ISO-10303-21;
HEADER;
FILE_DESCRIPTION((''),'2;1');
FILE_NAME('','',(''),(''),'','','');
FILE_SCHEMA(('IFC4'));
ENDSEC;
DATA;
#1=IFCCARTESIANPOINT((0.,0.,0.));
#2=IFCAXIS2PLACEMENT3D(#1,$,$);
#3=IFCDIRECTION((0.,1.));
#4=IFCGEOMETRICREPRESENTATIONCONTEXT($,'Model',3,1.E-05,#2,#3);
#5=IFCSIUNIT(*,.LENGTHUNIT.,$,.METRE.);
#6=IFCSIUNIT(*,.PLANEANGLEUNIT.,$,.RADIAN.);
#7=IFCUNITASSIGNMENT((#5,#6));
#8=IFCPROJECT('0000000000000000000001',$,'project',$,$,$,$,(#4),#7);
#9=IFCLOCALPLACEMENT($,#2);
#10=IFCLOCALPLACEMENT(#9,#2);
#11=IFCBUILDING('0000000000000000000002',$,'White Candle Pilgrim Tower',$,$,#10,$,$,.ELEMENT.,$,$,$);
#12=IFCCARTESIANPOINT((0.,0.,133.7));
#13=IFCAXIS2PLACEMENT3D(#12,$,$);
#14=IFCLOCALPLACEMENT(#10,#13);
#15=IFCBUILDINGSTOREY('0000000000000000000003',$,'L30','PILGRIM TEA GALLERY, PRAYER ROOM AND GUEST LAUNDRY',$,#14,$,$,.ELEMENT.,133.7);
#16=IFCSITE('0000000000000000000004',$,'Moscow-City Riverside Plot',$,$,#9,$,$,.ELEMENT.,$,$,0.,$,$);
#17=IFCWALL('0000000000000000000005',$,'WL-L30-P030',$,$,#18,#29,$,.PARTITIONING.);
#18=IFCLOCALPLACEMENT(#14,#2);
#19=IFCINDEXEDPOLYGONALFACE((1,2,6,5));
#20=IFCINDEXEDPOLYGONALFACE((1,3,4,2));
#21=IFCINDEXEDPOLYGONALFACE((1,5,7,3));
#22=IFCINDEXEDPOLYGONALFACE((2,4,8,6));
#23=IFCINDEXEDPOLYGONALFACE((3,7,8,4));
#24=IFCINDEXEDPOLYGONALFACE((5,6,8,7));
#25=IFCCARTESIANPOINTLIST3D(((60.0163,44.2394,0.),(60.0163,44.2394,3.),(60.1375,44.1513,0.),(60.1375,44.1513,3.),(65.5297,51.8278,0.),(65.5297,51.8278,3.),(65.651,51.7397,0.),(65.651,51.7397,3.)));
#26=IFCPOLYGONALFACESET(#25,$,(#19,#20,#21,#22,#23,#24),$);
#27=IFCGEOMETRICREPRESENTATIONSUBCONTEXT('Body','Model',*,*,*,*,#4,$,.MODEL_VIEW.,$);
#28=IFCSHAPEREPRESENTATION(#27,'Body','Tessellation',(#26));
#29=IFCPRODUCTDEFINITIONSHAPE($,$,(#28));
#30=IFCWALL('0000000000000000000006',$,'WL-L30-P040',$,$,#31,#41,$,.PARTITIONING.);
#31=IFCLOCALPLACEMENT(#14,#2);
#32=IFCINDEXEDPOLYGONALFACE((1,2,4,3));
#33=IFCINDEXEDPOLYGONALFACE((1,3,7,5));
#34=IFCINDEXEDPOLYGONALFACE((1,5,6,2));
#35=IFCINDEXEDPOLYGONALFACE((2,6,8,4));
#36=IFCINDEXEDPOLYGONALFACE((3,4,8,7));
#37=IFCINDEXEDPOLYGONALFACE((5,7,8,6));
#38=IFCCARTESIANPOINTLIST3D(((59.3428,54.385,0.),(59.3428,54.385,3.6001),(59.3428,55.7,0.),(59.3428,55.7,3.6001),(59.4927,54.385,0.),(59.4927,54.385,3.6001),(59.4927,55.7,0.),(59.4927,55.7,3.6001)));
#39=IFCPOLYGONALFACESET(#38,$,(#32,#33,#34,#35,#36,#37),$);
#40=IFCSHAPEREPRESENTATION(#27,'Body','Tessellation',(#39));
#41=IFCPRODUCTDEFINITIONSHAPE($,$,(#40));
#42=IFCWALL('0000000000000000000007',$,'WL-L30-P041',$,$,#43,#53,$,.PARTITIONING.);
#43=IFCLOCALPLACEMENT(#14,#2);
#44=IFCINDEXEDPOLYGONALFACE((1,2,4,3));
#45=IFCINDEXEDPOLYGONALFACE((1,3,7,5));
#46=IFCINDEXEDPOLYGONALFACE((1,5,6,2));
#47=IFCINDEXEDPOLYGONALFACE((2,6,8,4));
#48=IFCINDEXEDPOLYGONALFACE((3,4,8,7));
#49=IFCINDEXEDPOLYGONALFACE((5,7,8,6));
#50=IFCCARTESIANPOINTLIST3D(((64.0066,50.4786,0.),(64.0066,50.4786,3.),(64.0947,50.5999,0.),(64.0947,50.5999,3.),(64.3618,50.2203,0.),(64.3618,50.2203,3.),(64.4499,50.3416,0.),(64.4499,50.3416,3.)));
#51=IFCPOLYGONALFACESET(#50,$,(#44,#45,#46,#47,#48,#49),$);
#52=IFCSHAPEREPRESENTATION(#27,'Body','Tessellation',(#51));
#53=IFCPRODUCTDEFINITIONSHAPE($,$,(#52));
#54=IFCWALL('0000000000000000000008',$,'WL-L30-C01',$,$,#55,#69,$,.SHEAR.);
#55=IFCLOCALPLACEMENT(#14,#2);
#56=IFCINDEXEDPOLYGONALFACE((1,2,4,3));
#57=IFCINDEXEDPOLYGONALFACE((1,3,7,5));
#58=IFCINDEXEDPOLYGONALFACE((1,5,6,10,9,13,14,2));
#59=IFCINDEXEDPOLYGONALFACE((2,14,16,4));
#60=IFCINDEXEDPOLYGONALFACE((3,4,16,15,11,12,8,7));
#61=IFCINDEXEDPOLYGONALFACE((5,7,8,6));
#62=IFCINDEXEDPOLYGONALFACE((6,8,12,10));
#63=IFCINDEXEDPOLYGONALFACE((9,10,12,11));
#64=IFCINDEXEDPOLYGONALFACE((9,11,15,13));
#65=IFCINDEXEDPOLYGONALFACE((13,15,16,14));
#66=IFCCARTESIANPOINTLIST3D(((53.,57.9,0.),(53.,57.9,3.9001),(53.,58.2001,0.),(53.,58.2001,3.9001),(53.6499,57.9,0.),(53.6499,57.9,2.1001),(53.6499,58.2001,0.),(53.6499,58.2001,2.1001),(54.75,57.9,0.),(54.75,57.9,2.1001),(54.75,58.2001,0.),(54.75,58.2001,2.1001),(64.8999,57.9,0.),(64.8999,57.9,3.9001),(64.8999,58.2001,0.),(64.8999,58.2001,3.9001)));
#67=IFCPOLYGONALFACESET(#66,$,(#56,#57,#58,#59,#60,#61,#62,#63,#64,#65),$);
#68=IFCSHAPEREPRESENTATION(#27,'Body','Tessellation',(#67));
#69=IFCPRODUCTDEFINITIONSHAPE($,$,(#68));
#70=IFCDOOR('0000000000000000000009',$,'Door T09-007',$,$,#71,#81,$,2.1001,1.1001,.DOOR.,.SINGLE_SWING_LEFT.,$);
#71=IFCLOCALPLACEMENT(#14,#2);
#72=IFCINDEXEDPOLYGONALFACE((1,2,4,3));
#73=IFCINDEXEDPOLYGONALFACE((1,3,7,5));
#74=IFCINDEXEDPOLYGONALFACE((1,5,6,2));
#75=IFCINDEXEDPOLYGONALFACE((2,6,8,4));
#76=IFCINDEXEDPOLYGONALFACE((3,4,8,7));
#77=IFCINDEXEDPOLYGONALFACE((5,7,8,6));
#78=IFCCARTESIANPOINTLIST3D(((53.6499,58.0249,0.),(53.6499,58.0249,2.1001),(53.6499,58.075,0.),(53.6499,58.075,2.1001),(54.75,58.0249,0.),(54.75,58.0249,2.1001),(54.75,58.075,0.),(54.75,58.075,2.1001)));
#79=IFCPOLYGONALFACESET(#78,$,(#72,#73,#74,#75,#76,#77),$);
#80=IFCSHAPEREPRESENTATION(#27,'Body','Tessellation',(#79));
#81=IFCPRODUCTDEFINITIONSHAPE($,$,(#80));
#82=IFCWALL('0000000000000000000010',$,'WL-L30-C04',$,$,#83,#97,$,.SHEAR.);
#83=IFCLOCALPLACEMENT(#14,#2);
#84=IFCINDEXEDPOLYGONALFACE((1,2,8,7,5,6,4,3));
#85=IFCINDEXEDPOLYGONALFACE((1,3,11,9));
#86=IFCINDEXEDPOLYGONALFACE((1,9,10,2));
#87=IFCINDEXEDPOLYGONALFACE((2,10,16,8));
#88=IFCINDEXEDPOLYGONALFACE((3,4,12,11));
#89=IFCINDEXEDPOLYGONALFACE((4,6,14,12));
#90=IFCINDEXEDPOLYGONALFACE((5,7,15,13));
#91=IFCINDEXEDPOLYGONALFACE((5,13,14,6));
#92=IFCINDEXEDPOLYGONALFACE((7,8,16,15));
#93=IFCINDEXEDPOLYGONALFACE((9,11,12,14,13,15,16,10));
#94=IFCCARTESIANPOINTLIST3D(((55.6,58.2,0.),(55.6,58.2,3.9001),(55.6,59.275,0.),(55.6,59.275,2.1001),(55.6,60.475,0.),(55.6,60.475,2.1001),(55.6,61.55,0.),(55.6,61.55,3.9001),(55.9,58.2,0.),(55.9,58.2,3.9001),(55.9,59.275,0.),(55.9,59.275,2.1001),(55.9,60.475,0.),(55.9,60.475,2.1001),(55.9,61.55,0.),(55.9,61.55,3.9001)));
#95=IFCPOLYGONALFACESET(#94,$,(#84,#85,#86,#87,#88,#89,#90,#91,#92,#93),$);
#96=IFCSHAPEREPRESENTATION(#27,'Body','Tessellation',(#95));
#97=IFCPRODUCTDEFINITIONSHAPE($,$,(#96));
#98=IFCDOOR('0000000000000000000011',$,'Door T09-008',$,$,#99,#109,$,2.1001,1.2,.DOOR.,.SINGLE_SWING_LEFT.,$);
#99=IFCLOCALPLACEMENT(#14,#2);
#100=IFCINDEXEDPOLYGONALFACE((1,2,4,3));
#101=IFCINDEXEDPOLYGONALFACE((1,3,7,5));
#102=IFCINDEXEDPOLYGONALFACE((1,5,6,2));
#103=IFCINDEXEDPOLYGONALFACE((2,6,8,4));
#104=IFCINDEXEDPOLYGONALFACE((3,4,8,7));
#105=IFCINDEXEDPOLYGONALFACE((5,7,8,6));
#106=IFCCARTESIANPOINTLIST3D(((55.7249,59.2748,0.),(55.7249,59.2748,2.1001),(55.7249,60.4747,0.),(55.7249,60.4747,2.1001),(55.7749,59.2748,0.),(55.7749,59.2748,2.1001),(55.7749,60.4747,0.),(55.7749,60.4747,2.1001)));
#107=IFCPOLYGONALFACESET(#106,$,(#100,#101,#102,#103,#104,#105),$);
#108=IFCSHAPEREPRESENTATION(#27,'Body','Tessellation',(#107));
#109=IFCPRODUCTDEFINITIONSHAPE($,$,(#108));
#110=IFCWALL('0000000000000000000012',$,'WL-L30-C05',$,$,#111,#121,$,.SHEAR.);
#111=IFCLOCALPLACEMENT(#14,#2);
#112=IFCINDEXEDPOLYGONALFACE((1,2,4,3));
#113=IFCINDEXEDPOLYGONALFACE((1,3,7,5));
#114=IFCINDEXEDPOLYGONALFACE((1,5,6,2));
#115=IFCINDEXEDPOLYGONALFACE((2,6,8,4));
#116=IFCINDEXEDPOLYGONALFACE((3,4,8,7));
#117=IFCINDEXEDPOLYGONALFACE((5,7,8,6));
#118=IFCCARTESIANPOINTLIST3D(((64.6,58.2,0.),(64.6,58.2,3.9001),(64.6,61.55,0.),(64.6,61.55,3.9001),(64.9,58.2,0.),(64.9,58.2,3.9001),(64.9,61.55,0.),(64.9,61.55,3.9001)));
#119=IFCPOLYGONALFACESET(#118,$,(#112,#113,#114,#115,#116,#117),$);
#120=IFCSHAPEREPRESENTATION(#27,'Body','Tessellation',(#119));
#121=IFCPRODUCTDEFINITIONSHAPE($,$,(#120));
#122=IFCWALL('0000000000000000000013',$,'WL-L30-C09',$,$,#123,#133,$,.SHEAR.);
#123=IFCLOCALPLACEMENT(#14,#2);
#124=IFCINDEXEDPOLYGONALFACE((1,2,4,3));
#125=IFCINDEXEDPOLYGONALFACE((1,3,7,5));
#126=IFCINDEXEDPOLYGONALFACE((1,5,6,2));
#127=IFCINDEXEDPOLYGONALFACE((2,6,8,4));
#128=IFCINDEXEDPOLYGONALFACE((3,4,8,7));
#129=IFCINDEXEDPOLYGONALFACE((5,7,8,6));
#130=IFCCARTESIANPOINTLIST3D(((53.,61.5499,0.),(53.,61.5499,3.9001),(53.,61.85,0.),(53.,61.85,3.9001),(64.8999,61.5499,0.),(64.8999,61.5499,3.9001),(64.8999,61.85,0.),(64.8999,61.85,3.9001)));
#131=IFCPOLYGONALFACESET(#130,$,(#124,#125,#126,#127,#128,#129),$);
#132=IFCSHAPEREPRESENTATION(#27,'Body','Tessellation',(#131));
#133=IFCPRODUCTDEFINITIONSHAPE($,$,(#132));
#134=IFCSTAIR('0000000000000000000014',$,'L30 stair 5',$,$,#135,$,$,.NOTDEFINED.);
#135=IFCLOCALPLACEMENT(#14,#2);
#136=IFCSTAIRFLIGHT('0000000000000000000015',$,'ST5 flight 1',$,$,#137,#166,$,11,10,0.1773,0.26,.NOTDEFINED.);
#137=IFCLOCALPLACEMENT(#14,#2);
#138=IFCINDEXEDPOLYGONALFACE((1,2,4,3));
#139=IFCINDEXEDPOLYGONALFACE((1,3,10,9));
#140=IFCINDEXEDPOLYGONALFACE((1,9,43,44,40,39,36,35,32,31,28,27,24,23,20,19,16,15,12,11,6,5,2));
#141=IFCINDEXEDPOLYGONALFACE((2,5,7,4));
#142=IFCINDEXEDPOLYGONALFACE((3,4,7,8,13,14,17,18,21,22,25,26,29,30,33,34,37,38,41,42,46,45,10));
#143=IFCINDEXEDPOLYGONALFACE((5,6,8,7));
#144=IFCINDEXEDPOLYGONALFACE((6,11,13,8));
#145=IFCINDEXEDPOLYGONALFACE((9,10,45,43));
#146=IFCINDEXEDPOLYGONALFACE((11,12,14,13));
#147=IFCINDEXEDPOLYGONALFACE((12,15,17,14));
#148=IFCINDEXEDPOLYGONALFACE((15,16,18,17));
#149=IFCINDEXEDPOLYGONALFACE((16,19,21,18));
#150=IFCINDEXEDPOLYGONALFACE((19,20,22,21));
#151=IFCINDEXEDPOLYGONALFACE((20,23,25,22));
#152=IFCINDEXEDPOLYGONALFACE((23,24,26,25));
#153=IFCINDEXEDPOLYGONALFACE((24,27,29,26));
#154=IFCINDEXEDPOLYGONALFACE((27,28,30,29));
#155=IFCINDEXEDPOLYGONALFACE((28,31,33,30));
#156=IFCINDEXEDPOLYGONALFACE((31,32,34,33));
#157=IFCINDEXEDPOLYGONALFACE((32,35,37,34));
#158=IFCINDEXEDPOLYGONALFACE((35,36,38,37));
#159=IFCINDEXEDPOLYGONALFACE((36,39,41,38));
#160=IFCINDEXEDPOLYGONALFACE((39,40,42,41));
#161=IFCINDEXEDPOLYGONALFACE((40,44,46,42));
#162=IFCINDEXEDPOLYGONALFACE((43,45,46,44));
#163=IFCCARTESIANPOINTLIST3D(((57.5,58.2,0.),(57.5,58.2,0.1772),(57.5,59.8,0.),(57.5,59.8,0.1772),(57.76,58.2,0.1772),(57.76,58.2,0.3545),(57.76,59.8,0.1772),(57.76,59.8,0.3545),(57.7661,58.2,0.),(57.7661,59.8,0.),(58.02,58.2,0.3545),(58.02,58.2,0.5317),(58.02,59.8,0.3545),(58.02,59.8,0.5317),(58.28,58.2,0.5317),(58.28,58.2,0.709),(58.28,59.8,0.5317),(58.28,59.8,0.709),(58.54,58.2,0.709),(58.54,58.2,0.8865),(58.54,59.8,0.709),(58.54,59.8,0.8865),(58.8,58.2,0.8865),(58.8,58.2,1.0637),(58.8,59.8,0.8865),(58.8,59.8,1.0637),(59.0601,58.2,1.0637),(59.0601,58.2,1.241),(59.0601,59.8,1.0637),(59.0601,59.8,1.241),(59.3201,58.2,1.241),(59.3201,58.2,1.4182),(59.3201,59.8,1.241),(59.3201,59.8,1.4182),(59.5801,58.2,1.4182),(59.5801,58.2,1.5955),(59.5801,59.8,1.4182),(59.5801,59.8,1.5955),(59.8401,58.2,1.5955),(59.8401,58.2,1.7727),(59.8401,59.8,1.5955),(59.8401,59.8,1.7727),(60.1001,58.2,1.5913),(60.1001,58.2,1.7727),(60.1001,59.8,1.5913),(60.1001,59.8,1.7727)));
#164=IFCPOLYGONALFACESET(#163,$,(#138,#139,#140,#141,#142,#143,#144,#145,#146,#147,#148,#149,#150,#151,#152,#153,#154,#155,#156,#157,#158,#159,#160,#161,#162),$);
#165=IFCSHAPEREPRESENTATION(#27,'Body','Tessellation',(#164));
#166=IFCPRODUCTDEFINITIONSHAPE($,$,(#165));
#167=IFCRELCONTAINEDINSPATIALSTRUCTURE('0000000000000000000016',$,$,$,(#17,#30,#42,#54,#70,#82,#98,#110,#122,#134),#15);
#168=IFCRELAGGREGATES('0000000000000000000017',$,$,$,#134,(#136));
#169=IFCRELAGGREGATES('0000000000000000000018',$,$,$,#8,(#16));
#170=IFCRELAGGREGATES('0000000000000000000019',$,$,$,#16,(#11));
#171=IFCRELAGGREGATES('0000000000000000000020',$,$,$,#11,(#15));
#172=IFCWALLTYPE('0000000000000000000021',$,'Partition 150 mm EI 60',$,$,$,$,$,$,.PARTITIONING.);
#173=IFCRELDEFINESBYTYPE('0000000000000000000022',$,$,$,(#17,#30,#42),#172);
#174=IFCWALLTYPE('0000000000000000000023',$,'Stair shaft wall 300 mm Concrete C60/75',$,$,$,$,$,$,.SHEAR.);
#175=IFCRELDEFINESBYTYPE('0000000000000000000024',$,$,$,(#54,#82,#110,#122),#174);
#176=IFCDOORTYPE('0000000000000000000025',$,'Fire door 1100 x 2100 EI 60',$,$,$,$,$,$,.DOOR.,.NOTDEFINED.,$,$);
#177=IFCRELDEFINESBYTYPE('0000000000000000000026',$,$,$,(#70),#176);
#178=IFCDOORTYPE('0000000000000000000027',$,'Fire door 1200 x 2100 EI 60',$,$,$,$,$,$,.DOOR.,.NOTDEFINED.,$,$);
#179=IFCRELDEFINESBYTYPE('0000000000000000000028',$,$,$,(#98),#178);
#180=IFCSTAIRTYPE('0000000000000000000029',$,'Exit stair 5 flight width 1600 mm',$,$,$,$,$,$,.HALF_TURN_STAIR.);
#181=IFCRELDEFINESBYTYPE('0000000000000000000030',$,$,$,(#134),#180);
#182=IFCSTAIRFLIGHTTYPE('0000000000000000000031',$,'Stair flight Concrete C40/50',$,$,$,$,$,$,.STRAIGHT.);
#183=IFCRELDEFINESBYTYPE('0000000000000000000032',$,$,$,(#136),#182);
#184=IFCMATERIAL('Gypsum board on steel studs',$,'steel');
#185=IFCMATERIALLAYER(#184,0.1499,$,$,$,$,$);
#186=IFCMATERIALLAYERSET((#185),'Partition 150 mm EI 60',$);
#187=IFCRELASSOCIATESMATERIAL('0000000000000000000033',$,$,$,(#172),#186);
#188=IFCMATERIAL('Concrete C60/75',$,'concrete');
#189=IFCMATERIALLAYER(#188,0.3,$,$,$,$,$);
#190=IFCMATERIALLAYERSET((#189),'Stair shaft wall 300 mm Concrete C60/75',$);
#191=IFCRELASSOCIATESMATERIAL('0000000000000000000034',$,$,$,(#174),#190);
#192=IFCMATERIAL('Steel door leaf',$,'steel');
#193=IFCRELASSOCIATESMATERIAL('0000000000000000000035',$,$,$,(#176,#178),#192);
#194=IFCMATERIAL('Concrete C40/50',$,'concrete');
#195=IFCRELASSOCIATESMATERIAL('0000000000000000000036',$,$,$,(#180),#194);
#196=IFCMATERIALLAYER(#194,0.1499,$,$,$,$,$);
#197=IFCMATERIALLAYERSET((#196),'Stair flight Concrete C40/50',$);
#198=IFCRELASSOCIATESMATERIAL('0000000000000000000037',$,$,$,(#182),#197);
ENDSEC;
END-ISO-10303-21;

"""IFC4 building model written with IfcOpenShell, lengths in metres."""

from ifc_helpers import new_model, si_unit, direction, frame, frame_2d, origin, place, context, subcontext, project, spatial, polyline, rectangle, outline, extrude, material, layer, layer_set, type_object, element, fill, aggregate, save


model = new_model("IFC4")

# Units and contexts
model_context = context("Model", 3, precision=1e-05, world=origin(), true_north=direction((0.0, 1.0)))
body_context = subcontext(model_context, "Body", "Model", "MODEL_VIEW")
ifc_project = project(units=[si_unit("LENGTHUNIT", "METRE"), si_unit("PLANEANGLEUNIT", "RADIAN")], contexts=[model_context])

# Site, building, storey
site_placement = place(None, origin())
site = spatial("IfcSite", under=ifc_project, at=site_placement, Name="Moscow-City Riverside Plot", CompositionType="ELEMENT", RefElevation=0.0)
building_placement = place(site_placement, origin())
building = spatial("IfcBuilding", under=site, at=building_placement, Name="White Candle Pilgrim Tower", CompositionType="ELEMENT")
storey_placement = place(building_placement, frame((0.0, 0.0, 133.7)))
storey = spatial("IfcBuildingStorey", under=building, at=storey_placement, Name="L30", Description="PILGRIM TEA GALLERY, PRAYER ROOM AND GUEST LAUNDRY", CompositionType="ELEMENT", Elevation=133.7)

# Shared definitions
ifc_material_1 = material(Name="Concrete C60/75", Category="concrete")

# Shared definitions
ifc_material_2 = material(Name="Gypsum board on steel studs", Category="steel")
ifc_material_3 = material(Name="Steel door leaf", Category="steel")

# Walls
ifc_layer_1 = layer(ifc_material_2, 0.1499)
ifc_layer_set_1 = layer_set([ifc_layer_1], Name="Partition 150 mm EI 60")
wall_type_1 = type_object("IfcWallType", Name="Partition 150 mm EI 60", PredefinedType="PARTITIONING", material=ifc_layer_set_1)
for number, where, z_axis, x_axis, name in (
    (1, (60.0769, 44.1953, 0.0), (0.0, 0.0, 1.0), (0.587796, 0.80901, 0.0), "WL-L30-P030"),
):
    element("IfcWall", number, at=place(storey_placement, frame(where, z_axis=z_axis, x_axis=x_axis)), inside=storey, type_object=wall_type_1, Name=name, PredefinedType="PARTITIONING", context=body_context, shape_type="SweptSolid", body=[
        extrude(rectangle(XDim=9.3799, YDim=0.1499, at=frame_2d((4.6899, 0.0))), origin(), (0.0, 0.0, 1.0), 3.0),
    ])
wall_1_placement = place(storey_placement, frame((59.4177, 54.385, 0.0), z_axis=(0.0, 0.0, 1.0), x_axis=(0.0, 1.0, 0.0)))
element("IfcWall", 2, at=wall_1_placement, inside=storey, type_object=wall_type_1, Name="WL-L30-P040", PredefinedType="PARTITIONING", context=body_context, shape_type="SweptSolid", body=[
    extrude(rectangle(XDim=1.3149, YDim=0.1499, at=frame_2d((0.6575, 0.0))), origin(), (0.0, 0.0, 1.0), 3.6001),
])
wall_2_placement = place(storey_placement, frame((64.0505, 50.5393, 0.0), z_axis=(0.0, 0.0, 1.0), x_axis=(0.808784, -0.588106, 0.0)))
element("IfcWall", 3, at=wall_2_placement, inside=storey, type_object=wall_type_1, Name="WL-L30-P041", PredefinedType="PARTITIONING", context=body_context, shape_type="SweptSolid", body=[
    extrude(rectangle(XDim=0.4392, YDim=0.1499, at=frame_2d((0.2197, 0.0))), origin(), (0.0, 0.0, 1.0), 3.0),
])

# Walls, openings, doors
ifc_layer_2 = layer(ifc_material_1, 0.3)
ifc_layer_set_2 = layer_set([ifc_layer_2], Name="Stair shaft wall 300 mm Concrete C60/75")
wall_type_2 = type_object("IfcWallType", Name="Stair shaft wall 300 mm Concrete C60/75", PredefinedType="SHEAR", material=ifc_layer_set_2)
wall_3_placement = place(storey_placement, frame((53.0, 58.05, 0.0), z_axis=(0.0, 0.0, 1.0), x_axis=(1.0, 0.0, 0.0)))
wall_3 = element("IfcWall", 4, at=wall_3_placement, inside=storey, type_object=wall_type_2, Name="WL-L30-C01", PredefinedType="SHEAR", context=body_context, shape_type="SweptSolid", body=[
    extrude(rectangle(XDim=11.8999, YDim=0.3, at=frame_2d((5.95, 0.0))), origin(), (0.0, 0.0, 1.0), 3.9001),
])
opening_1_placement = place(wall_3_placement, frame((0.6499, 0.0, 0.0)))
opening_1 = element("IfcOpeningElement", 5, at=opening_1_placement, cuts=wall_3, PredefinedType="OPENING", context=body_context, shape_type="SweptSolid", body=[
    extrude(rectangle(XDim=1.1001, YDim=2.1001, at=frame_2d((0.55, 1.05))), frame((0.0, 0.1599, 0.0), z_axis=(0.0, -1.0, 0.0), x_axis=(1.0, 0.0, 0.0)), (0.0, 0.0, 1.0), 0.3201),
])
door_type_1 = type_object("IfcDoorType", Name="Fire door 1100 x 2100 EI 60", OperationType="NOTDEFINED", PredefinedType="DOOR", material=ifc_material_3)
door_1_placement = place(opening_1_placement, origin())
door_1 = element("IfcDoor", 6, at=door_1_placement, inside=storey, type_object=door_type_1, Name="Door T09-007", OperationType="SINGLE_SWING_LEFT", OverallHeight=2.1001, OverallWidth=1.1001, PredefinedType="DOOR", context=body_context, shape_type="SweptSolid", body=[
    extrude(rectangle(XDim=1.1001, YDim=2.1001, at=frame_2d((0.55, 1.05))), frame((0.0, 0.0249, 0.0), z_axis=(0.0, -1.0, 0.0), x_axis=(1.0, 0.0, 0.0)), (0.0, 0.0, 1.0), 0.05),
])
fill(opening_1, door_1)
wall_4_placement = place(storey_placement, frame((55.75, 58.2, 0.0), z_axis=(0.0, 0.0, 1.0), x_axis=(0.0, 1.0, 0.0)))
wall_4 = element("IfcWall", 7, at=wall_4_placement, inside=storey, type_object=wall_type_2, Name="WL-L30-C04", PredefinedType="SHEAR", context=body_context, shape_type="SweptSolid", body=[
    extrude(rectangle(XDim=3.3501, YDim=0.3, at=frame_2d((1.675, 0.0))), origin(), (0.0, 0.0, 1.0), 3.9001),
])
opening_2_placement = place(wall_4_placement, frame((1.075, 0.0, 0.0)))
opening_2 = element("IfcOpeningElement", 8, at=opening_2_placement, cuts=wall_4, PredefinedType="OPENING", context=body_context, shape_type="SweptSolid", body=[
    extrude(rectangle(XDim=1.2, YDim=2.1001, at=frame_2d((0.6001, 1.05))), frame((0.0, 0.1599, 0.0), z_axis=(0.0, -1.0, 0.0), x_axis=(1.0, 0.0, 0.0)), (0.0, 0.0, 1.0), 0.3201),
])
door_type_2 = type_object("IfcDoorType", Name="Fire door 1200 x 2100 EI 60", OperationType="NOTDEFINED", PredefinedType="DOOR", material=ifc_material_3)
door_2_placement = place(opening_2_placement, frame((1.2, 0.0, 0.0), z_axis=(0.0, 0.0, 1.0), x_axis=(-1.0, 0.0, 0.0)))
door_2 = element("IfcDoor", 9, at=door_2_placement, inside=storey, type_object=door_type_2, Name="Door T09-008", OperationType="SINGLE_SWING_LEFT", OverallHeight=2.1001, OverallWidth=1.2, PredefinedType="DOOR", context=body_context, shape_type="SweptSolid", body=[
    extrude(rectangle(XDim=1.2, YDim=2.1001, at=frame_2d((0.6001, 1.05))), frame((0.0, 0.0249, 0.0), z_axis=(0.0, -1.0, 0.0), x_axis=(1.0, 0.0, 0.0)), (0.0, 0.0, 1.0), 0.05),
])
fill(opening_2, door_2)

# Walls
wall_5_placement = place(storey_placement, frame((64.75, 58.2, 0.0), z_axis=(0.0, 0.0, 1.0), x_axis=(0.0, 1.0, 0.0)))
element("IfcWall", 10, at=wall_5_placement, inside=storey, type_object=wall_type_2, Name="WL-L30-C05", PredefinedType="SHEAR", context=body_context, shape_type="SweptSolid", body=[
    extrude(rectangle(XDim=3.3501, YDim=0.3, at=frame_2d((1.675, 0.0))), origin(), (0.0, 0.0, 1.0), 3.9001),
])
wall_6_placement = place(storey_placement, frame((53.0, 61.7, 0.0), z_axis=(0.0, 0.0, 1.0), x_axis=(1.0, 0.0, 0.0)))
element("IfcWall", 11, at=wall_6_placement, inside=storey, type_object=wall_type_2, Name="WL-L30-C09", PredefinedType="SHEAR", context=body_context, shape_type="SweptSolid", body=[
    extrude(rectangle(XDim=11.8999, YDim=0.3, at=frame_2d((5.95, 0.0))), origin(), (0.0, 0.0, 1.0), 3.9001),
])

# Stair, stair flight
ifc_material_4 = material(Name="Concrete C40/50", Category="concrete")
stair_type = type_object("IfcStairType", Name="Exit stair 5 flight width 1600 mm", PredefinedType="HALF_TURN_STAIR", material=ifc_material_4)
stair_placement = place(storey_placement, origin())
stair = element("IfcStair", 12, at=stair_placement, inside=storey, type_object=stair_type, Name="L30 stair 5", PredefinedType="NOTDEFINED")
ifc_layer_3 = layer(ifc_material_4, 0.1499)
ifc_layer_set_3 = layer_set([ifc_layer_3], Name="Stair flight Concrete C40/50")
stair_flight_type = type_object("IfcStairFlightType", Name="Stair flight Concrete C40/50", PredefinedType="STRAIGHT", material=ifc_layer_set_3)
stair_flight_1_placement = place(storey_placement, frame((57.5, 59.0, 0.0), z_axis=(0.0, 0.0, 1.0), x_axis=(1.0, 0.0, 0.0)))
stair_flight_1 = element("IfcStairFlight", 13, at=stair_flight_1_placement, type_object=stair_flight_type, Name="ST5 flight 1", NumberOfRisers=11, NumberOfTreads=10, PredefinedType="NOTDEFINED", RiserHeight=0.1773, TreadLength=0.26, context=body_context, shape_type="SweptSolid", body=[
    extrude(outline(polyline([(0.0, 0.0), (0.0, 0.1772), (0.26, 0.1772), (0.26, 0.3545), (0.52, 0.3545), (0.52, 0.5317), (0.78, 0.5317), (0.78, 0.709), (1.04, 0.709), (1.04, 0.8865), (1.3, 0.8865), (1.3, 1.0637), (1.5601, 1.0637), (1.5601, 1.241), (1.8201, 1.241), (1.8201, 1.4182), (2.0801, 1.4182), (2.0801, 1.5955), (2.3401, 1.5955), (2.3401, 1.7727), (2.6001, 1.7727), (2.6001, 1.95), (2.6001, 1.5913), (0.2661, 0.0), (0.0, 0.0)])), frame((0.0, 0.8, 0.0), z_axis=(0.0, -1.0, 0.0), x_axis=(1.0, 0.0, 0.0)), (0.0, 0.0, 1.0), 1.6001),
])
aggregate(stair, [stair_flight_1])

save(model, "model.ifc")
